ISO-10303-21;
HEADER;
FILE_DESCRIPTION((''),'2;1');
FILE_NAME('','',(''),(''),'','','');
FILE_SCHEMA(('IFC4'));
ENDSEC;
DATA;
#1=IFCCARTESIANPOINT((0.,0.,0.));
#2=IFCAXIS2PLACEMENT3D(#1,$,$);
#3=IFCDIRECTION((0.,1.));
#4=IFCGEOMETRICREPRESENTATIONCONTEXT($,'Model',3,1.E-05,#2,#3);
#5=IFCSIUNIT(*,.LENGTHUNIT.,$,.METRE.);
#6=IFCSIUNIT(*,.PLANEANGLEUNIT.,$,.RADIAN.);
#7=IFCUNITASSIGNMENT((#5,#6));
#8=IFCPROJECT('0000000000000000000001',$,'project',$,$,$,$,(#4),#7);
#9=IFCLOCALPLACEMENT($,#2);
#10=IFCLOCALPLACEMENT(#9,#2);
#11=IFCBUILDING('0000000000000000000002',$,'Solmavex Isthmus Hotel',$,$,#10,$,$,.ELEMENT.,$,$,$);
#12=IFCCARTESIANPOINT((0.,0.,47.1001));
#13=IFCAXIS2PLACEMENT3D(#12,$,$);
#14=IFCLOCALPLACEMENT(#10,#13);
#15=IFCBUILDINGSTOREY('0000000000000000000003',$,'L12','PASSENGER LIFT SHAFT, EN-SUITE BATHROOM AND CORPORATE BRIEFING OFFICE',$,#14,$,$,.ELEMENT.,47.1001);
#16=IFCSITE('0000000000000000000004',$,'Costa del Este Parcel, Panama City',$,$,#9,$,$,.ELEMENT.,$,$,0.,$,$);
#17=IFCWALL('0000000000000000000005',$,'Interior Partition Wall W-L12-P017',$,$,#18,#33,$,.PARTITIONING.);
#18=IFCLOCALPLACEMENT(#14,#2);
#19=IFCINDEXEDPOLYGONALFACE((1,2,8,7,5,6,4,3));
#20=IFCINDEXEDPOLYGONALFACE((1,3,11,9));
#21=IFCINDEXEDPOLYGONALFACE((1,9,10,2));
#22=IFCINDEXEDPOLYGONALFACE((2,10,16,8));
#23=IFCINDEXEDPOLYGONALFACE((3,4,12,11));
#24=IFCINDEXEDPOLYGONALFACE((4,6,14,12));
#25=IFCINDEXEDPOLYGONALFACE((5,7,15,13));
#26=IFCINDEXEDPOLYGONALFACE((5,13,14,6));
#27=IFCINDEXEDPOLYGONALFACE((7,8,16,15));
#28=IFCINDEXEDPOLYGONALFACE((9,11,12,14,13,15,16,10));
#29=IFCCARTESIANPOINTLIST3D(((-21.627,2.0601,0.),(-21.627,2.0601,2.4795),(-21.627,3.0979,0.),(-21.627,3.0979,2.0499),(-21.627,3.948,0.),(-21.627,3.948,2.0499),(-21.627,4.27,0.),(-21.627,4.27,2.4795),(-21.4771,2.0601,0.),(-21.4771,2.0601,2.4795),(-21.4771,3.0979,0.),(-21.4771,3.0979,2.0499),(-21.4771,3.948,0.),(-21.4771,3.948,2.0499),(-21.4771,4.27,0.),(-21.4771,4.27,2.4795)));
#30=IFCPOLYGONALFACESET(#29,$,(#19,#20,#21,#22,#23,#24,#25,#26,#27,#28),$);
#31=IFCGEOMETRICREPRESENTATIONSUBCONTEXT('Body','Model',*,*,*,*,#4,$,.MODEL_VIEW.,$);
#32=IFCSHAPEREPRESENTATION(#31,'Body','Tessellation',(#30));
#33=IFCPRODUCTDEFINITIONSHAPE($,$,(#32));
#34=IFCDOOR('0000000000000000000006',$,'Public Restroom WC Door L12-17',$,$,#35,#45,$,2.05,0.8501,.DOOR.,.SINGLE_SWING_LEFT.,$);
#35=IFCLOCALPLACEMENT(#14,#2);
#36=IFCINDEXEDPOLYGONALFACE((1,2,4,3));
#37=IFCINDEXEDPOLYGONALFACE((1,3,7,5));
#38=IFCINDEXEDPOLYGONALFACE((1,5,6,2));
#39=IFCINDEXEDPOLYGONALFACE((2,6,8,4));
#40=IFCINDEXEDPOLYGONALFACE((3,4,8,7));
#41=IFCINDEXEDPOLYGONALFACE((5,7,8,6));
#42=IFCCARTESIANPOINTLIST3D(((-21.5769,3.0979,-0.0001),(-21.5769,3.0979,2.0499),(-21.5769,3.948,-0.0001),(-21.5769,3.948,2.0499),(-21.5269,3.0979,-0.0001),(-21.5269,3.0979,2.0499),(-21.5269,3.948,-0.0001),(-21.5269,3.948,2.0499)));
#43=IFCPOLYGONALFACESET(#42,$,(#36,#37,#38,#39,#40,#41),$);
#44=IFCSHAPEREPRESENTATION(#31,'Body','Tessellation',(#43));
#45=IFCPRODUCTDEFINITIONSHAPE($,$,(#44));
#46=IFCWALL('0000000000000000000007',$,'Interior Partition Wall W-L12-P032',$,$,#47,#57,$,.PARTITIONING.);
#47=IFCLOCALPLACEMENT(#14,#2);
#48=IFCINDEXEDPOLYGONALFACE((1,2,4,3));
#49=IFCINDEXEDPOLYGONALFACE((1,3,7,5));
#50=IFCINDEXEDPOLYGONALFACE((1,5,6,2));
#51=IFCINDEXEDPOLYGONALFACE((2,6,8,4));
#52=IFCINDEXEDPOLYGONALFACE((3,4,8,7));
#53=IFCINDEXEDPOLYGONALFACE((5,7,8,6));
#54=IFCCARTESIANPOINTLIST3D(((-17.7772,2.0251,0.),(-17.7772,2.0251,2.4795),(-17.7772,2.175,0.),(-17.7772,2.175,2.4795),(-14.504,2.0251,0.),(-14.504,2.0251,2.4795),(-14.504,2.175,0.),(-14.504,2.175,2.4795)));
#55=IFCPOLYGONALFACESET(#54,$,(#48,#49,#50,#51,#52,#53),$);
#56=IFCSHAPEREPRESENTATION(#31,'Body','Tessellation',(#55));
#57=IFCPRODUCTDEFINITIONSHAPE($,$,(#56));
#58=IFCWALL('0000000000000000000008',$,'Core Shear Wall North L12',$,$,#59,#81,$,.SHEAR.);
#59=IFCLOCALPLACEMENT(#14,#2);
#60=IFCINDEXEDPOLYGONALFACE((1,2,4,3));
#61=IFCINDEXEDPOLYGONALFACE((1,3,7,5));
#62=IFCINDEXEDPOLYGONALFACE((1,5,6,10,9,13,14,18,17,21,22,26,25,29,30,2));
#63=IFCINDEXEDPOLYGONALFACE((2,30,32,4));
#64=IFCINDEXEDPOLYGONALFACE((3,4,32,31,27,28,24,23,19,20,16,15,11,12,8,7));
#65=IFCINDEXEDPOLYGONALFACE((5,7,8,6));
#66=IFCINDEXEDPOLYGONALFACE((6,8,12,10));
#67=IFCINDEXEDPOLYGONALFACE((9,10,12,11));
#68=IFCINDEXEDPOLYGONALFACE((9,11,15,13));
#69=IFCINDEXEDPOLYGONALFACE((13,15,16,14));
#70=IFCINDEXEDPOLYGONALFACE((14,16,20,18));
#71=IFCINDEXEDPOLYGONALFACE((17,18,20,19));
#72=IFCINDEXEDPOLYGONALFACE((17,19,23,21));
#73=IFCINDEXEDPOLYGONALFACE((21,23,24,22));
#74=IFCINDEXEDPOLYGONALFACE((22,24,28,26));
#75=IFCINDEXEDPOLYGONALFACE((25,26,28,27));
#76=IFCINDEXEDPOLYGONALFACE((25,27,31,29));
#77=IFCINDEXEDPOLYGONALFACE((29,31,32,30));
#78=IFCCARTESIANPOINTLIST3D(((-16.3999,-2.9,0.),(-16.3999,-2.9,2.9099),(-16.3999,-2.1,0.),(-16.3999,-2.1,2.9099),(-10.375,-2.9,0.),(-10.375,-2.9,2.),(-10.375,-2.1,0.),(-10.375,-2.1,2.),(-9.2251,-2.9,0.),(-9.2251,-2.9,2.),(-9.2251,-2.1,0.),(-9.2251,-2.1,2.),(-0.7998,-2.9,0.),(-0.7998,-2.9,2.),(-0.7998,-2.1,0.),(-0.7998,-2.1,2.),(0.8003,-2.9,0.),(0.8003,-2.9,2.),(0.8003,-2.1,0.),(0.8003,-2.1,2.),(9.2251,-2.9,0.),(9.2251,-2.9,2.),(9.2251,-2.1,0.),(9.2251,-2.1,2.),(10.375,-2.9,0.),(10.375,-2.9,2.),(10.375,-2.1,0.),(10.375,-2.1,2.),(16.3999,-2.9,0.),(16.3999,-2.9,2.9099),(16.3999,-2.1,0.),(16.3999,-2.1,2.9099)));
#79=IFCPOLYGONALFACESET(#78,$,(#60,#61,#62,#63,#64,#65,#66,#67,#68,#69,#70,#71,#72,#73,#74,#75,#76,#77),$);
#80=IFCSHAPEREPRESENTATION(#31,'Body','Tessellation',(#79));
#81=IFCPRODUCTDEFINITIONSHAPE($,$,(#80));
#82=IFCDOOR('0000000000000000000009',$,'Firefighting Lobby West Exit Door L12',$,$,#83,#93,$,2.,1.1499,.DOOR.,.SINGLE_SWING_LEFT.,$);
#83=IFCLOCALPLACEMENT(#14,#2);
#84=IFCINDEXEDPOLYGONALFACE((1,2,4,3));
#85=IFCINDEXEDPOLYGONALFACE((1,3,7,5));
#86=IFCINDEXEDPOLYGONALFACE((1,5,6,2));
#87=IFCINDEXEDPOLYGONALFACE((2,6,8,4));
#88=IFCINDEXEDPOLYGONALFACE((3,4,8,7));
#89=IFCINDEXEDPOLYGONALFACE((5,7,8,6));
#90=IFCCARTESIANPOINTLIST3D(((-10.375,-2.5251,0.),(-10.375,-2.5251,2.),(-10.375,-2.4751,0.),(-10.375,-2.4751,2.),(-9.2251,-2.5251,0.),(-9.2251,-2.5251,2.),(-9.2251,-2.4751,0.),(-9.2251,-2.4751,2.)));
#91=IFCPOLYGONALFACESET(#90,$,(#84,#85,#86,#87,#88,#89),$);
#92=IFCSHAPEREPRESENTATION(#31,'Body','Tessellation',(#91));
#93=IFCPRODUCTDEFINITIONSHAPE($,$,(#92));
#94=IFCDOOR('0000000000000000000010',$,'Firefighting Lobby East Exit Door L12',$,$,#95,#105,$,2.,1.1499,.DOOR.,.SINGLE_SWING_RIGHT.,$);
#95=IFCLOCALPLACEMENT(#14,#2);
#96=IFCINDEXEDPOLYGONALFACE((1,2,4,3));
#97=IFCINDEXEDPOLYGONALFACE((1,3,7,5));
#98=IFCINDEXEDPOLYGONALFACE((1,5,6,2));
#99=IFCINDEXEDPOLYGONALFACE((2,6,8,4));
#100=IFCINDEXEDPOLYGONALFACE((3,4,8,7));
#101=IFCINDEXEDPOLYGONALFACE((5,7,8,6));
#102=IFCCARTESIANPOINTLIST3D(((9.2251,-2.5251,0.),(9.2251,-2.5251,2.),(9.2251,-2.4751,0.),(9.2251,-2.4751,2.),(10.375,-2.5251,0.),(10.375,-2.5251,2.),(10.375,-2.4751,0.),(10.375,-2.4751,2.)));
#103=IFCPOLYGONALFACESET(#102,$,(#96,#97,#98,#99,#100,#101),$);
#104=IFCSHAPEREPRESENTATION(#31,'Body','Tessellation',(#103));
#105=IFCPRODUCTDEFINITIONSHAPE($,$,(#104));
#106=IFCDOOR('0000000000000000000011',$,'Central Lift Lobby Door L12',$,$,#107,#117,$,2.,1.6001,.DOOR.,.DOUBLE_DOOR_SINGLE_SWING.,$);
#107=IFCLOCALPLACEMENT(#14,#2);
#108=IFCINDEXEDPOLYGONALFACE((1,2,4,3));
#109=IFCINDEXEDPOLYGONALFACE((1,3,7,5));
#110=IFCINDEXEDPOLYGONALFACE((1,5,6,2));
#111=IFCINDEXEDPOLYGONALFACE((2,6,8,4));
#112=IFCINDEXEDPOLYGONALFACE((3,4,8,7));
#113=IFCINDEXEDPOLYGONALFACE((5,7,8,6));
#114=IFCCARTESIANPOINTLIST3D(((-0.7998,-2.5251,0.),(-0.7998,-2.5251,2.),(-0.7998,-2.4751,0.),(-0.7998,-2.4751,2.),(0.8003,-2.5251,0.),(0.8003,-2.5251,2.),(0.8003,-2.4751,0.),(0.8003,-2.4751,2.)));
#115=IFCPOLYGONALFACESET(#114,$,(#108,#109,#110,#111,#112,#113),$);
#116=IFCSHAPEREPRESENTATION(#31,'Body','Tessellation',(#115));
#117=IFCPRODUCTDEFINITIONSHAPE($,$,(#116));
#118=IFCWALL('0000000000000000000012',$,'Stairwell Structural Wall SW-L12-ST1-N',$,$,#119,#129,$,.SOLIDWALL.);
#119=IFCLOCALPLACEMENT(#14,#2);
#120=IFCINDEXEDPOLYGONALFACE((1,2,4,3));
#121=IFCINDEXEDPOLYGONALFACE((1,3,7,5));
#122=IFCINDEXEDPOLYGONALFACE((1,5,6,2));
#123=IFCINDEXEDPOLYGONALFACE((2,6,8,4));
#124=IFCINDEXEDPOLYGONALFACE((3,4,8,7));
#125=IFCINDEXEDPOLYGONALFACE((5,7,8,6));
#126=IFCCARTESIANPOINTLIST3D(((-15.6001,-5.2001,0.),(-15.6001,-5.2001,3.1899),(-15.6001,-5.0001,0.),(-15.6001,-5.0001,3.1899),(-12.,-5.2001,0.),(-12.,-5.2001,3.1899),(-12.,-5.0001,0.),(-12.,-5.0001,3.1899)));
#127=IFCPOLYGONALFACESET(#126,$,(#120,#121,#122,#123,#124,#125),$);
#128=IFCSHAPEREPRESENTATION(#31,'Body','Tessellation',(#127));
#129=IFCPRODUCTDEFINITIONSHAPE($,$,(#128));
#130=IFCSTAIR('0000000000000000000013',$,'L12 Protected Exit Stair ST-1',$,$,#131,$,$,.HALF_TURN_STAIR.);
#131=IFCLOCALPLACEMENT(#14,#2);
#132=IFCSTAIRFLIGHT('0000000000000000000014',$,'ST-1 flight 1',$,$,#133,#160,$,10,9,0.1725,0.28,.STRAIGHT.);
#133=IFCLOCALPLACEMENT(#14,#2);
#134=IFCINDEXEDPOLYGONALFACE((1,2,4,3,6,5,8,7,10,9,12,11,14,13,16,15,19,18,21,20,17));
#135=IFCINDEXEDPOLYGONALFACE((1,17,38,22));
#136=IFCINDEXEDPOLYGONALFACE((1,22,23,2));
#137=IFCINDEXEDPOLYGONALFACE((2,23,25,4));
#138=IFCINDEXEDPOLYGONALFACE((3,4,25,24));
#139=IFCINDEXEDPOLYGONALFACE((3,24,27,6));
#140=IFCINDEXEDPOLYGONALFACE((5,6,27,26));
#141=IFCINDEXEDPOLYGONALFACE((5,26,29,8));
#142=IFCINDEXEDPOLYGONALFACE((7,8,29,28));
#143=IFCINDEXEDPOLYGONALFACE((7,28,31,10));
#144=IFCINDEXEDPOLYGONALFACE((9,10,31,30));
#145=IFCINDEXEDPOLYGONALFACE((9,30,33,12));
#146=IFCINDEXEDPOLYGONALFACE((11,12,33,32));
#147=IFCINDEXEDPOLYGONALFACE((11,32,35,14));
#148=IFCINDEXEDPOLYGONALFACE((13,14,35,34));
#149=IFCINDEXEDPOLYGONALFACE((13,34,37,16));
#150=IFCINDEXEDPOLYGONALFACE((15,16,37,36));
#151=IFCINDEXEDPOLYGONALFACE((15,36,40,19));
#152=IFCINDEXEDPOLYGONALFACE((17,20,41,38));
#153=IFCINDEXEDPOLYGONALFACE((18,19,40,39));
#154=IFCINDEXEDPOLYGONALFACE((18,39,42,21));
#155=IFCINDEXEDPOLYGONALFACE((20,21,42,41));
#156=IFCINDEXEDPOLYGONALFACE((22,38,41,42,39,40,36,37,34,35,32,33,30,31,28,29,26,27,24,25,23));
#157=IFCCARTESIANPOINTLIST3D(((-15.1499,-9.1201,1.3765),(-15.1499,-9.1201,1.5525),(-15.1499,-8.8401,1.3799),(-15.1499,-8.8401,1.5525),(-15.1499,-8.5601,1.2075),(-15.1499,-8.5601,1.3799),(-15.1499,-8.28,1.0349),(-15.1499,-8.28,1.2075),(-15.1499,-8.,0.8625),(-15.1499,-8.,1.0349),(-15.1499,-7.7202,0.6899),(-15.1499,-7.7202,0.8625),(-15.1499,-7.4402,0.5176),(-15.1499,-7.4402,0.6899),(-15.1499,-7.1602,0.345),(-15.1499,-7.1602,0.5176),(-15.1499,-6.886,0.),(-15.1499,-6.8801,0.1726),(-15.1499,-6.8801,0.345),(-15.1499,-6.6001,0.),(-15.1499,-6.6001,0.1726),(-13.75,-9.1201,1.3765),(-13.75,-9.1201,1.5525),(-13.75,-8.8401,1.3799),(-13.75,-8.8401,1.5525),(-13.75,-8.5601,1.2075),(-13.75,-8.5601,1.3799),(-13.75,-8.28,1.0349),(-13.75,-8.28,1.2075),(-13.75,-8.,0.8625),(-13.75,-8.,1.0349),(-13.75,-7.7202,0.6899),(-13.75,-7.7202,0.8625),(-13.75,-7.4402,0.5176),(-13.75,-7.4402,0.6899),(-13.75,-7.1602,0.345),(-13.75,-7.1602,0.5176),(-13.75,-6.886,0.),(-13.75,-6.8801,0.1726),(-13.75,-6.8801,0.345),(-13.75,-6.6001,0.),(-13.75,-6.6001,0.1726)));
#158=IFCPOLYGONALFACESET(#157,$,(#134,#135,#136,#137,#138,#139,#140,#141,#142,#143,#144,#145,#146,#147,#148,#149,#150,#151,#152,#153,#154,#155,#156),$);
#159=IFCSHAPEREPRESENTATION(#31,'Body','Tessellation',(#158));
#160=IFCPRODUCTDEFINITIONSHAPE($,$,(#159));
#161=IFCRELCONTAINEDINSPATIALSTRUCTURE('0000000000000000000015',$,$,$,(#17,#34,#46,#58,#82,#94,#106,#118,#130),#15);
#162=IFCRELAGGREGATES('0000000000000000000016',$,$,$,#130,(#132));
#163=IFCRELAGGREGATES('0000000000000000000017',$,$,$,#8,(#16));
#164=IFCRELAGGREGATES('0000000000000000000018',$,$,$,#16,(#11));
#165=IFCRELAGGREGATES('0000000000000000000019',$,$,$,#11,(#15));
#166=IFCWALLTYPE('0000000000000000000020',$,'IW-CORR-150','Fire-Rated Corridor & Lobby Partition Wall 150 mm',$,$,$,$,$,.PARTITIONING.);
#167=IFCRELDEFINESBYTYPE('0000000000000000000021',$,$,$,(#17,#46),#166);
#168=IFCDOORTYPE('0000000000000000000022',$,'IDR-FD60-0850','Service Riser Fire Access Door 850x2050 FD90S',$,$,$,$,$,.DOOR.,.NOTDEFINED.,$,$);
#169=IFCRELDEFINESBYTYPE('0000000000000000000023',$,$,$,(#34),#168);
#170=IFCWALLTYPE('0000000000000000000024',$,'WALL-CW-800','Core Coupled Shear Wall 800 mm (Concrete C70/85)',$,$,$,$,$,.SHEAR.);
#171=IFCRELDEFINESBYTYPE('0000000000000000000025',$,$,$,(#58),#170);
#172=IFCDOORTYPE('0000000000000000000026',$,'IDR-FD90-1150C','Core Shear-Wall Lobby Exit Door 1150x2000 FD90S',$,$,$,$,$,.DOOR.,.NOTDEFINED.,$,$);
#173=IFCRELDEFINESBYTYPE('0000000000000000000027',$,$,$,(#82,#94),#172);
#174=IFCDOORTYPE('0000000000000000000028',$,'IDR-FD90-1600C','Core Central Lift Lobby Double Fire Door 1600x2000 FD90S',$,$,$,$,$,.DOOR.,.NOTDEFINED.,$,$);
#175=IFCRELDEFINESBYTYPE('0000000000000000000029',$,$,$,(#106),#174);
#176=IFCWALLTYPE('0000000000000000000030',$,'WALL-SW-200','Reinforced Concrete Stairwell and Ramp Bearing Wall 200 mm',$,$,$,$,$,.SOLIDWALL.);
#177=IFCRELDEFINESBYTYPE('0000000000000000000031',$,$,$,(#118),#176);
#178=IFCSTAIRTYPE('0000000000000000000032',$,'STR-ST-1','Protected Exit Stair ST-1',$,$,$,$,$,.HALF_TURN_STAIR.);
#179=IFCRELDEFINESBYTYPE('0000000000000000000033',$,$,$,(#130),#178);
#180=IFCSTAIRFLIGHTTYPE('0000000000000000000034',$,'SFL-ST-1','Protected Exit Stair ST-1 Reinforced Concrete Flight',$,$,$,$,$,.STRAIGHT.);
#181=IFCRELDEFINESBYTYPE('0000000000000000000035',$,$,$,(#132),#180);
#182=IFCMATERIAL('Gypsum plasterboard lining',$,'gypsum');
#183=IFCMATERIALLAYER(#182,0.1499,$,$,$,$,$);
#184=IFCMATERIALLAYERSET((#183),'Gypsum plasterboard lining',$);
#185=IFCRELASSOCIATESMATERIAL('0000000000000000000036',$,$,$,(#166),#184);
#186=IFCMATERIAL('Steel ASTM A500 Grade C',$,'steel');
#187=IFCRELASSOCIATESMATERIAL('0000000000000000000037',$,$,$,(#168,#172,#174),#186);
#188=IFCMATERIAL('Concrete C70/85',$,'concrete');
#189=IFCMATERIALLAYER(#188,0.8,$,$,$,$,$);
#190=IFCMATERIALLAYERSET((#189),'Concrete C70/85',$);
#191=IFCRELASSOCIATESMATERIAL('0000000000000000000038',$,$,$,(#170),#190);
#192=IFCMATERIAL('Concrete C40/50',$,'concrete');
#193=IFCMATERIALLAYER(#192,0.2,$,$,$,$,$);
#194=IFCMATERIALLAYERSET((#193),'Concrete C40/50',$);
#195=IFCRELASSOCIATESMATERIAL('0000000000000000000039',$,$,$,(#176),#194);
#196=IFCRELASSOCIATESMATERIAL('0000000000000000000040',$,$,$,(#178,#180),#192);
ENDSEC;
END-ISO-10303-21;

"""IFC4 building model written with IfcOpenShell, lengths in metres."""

from ifc_helpers import new_model, si_unit, direction, frame, frame_2d, origin, place, context, subcontext, project, spatial, polyline, rectangle, outline, extrude, material, layer, layer_set, type_object, element, fill, aggregate, save


model = new_model("IFC4")

# Units and contexts
model_context = context("Model", 3, precision=1e-05, world=origin(), true_north=direction((0.0, 1.0)))
body_context = subcontext(model_context, "Body", "Model", "MODEL_VIEW")
ifc_project = project(units=[si_unit("LENGTHUNIT", "METRE"), si_unit("PLANEANGLEUNIT", "RADIAN")], contexts=[model_context])

# Site, building, storey
site_placement = place(None, origin())
site = spatial("IfcSite", under=ifc_project, at=site_placement, Name="Costa del Este Parcel, Panama City", CompositionType="ELEMENT", RefElevation=0.0)
building_placement = place(site_placement, origin())
building = spatial("IfcBuilding", under=site, at=building_placement, Name="Solmavex Isthmus Hotel", CompositionType="ELEMENT")
storey_placement = place(building_placement, frame((0.0, 0.0, 47.1001)))
storey = spatial("IfcBuildingStorey", under=building, at=storey_placement, Name="L12", Description="PASSENGER LIFT SHAFT, EN-SUITE BATHROOM AND CORPORATE BRIEFING OFFICE", CompositionType="ELEMENT", Elevation=47.1001)

# Shared definitions
ifc_material_1 = material(Name="Concrete C70/85", Category="concrete")

# Shared definitions
ifc_material_2 = material(Name="Gypsum plasterboard lining", Category="gypsum")

# Wall, opening, door
ifc_layer_1 = layer(ifc_material_2, 0.1499)
ifc_layer_set_1 = layer_set([ifc_layer_1], Name="Gypsum plasterboard lining")
wall_type_1 = type_object("IfcWallType", Name="IW-CORR-150", Description="Fire-Rated Corridor & Lobby Partition Wall 150 mm", PredefinedType="PARTITIONING", material=ifc_layer_set_1)
wall_1_placement = place(storey_placement, frame((-21.552, 2.0601, 0.0), z_axis=(0.0, 0.0, 1.0), x_axis=(0.0, 1.0, 0.0)))
wall_1 = element("IfcWall", 1, at=wall_1_placement, inside=storey, type_object=wall_type_1, Name="Interior Partition Wall W-L12-P017", PredefinedType="PARTITIONING", context=body_context, shape_type="SweptSolid", body=[
    extrude(rectangle(XDim=2.21, YDim=0.1499, at=frame_2d((1.105, 0.0))), origin(), (0.0, 0.0, 1.0), 2.4795),
])
opening_1_placement = place(wall_1_placement, frame((1.0378, 0.0, 0.0)))
opening_1 = element("IfcOpeningElement", 2, at=opening_1_placement, cuts=wall_1, PredefinedType="OPENING", context=body_context, shape_type="SweptSolid", body=[
    extrude(rectangle(XDim=0.8501, YDim=2.05, at=frame_2d((0.425, 1.0249))), frame((0.0, 0.085, 0.0), z_axis=(0.0, -1.0, 0.0), x_axis=(1.0, 0.0, 0.0)), (0.0, 0.0, 1.0), 0.1699),
])
ifc_material_3 = material(Name="Steel ASTM A500 Grade C", Category="steel")
door_type_1 = type_object("IfcDoorType", Name="IDR-FD60-0850", Description="Service Riser Fire Access Door 850x2050 FD90S", OperationType="NOTDEFINED", PredefinedType="DOOR", material=ifc_material_3)
door_1_placement = place(opening_1_placement, origin())
door_1 = element("IfcDoor", 3, at=door_1_placement, inside=storey, type_object=door_type_1, Name="Public Restroom WC Door L12-17", OperationType="SINGLE_SWING_LEFT", OverallHeight=2.05, OverallWidth=0.8501, PredefinedType="DOOR", context=body_context, shape_type="SweptSolid", body=[
    extrude(rectangle(XDim=0.8501, YDim=2.05, at=frame_2d((0.425, 1.0249))), frame((0.0, 0.0249, 0.0), z_axis=(0.0, -1.0, 0.0), x_axis=(1.0, 0.0, 0.0)), (0.0, 0.0, 1.0), 0.05),
])
fill(opening_1, door_1)

# Wall
wall_2_placement = place(storey_placement, frame((-14.5039, 2.1001, 0.0), z_axis=(0.0, 0.0, 1.0), x_axis=(-1.0, 0.0, 0.0)))
element("IfcWall", 4, at=wall_2_placement, inside=storey, type_object=wall_type_1, Name="Interior Partition Wall W-L12-P032", PredefinedType="PARTITIONING", context=body_context, shape_type="SweptSolid", body=[
    extrude(rectangle(XDim=3.2732, YDim=0.1499, at=frame_2d((1.6367, 0.0))), origin(), (0.0, 0.0, 1.0), 2.4795),
])

# Wall, openings, doors
ifc_layer_2 = layer(ifc_material_1, 0.8)
ifc_layer_set_2 = layer_set([ifc_layer_2], Name="Concrete C70/85")
wall_type_2 = type_object("IfcWallType", Name="WALL-CW-800", Description="Core Coupled Shear Wall 800 mm (Concrete C70/85)", PredefinedType="SHEAR", material=ifc_layer_set_2)
wall_3_placement = place(storey_placement, frame((-16.3999, -2.5, 0.0), z_axis=(0.0, 0.0, 1.0), x_axis=(1.0, 0.0, 0.0)))
wall_3 = element("IfcWall", 5, at=wall_3_placement, inside=storey, type_object=wall_type_2, Name="Core Shear Wall North L12", PredefinedType="SHEAR", context=body_context, shape_type="SweptSolid", body=[
    extrude(rectangle(XDim=32.7998, YDim=0.8, at=frame_2d((16.3999, 0.0))), origin(), (0.0, 0.0, 1.0), 2.9099),
])
opening_2_placement = place(wall_3_placement, frame((6.0249, 0.0, 0.0)))
opening_2 = element("IfcOpeningElement", 6, at=opening_2_placement, cuts=wall_3, PredefinedType="OPENING", context=body_context, shape_type="SweptSolid", body=[
    extrude(rectangle(XDim=1.1499, YDim=2.0, at=frame_2d((0.575, 1.0))), frame((0.0, 0.4099, 0.0), z_axis=(0.0, -1.0, 0.0), x_axis=(1.0, 0.0, 0.0)), (0.0, 0.0, 1.0), 0.8201),
])
opening_3_placement = place(wall_3_placement, frame((15.6001, 0.0, 0.0)))
opening_3 = element("IfcOpeningElement", 7, at=opening_3_placement, cuts=wall_3, PredefinedType="OPENING", context=body_context, shape_type="SweptSolid", body=[
    extrude(rectangle(XDim=1.6001, YDim=2.0, at=frame_2d((0.8, 1.0))), frame((0.0, 0.4099, 0.0), z_axis=(0.0, -1.0, 0.0), x_axis=(1.0, 0.0, 0.0)), (0.0, 0.0, 1.0), 0.8201),
])
opening_4_placement = place(wall_3_placement, frame((25.625, 0.0, 0.0)))
opening_4 = element("IfcOpeningElement", 8, at=opening_4_placement, cuts=wall_3, PredefinedType="OPENING", context=body_context, shape_type="SweptSolid", body=[
    extrude(rectangle(XDim=1.1499, YDim=2.0, at=frame_2d((0.575, 1.0))), frame((0.0, 0.4099, 0.0), z_axis=(0.0, -1.0, 0.0), x_axis=(1.0, 0.0, 0.0)), (0.0, 0.0, 1.0), 0.8201),
])
door_type_2 = type_object("IfcDoorType", Name="IDR-FD90-1150C", Description="Core Shear-Wall Lobby Exit Door 1150x2000 FD90S", OperationType="NOTDEFINED", PredefinedType="DOOR", material=ifc_material_3)
door_2_placement = place(opening_2_placement, origin())
door_2 = element("IfcDoor", 9, at=door_2_placement, inside=storey, type_object=door_type_2, Name="Firefighting Lobby West Exit Door L12", OperationType="SINGLE_SWING_LEFT", OverallHeight=2.0, OverallWidth=1.1499, PredefinedType="DOOR", context=body_context, shape_type="SweptSolid", body=[
    extrude(rectangle(XDim=1.1499, YDim=2.0, at=frame_2d((0.575, 1.0))), frame((0.0, 0.0249, 0.0), z_axis=(0.0, -1.0, 0.0), x_axis=(1.0, 0.0, 0.0)), (0.0, 0.0, 1.0), 0.05),
])
fill(opening_2, door_2)
door_3_placement = place(opening_4_placement, origin())
door_3 = element("IfcDoor", 10, at=door_3_placement, inside=storey, type_object=door_type_2, Name="Firefighting Lobby East Exit Door L12", OperationType="SINGLE_SWING_RIGHT", OverallHeight=2.0, OverallWidth=1.1499, PredefinedType="DOOR", context=body_context, shape_type="SweptSolid", body=[
    extrude(rectangle(XDim=1.1499, YDim=2.0, at=frame_2d((0.575, 1.0))), frame((0.0, 0.0249, 0.0), z_axis=(0.0, -1.0, 0.0), x_axis=(1.0, 0.0, 0.0)), (0.0, 0.0, 1.0), 0.05),
])
fill(opening_4, door_3)
door_type_3 = type_object("IfcDoorType", Name="IDR-FD90-1600C", Description="Core Central Lift Lobby Double Fire Door 1600x2000 FD90S", OperationType="NOTDEFINED", PredefinedType="DOOR", material=ifc_material_3)
door_4_placement = place(opening_3_placement, origin())
door_4 = element("IfcDoor", 11, at=door_4_placement, inside=storey, type_object=door_type_3, Name="Central Lift Lobby Door L12", OperationType="DOUBLE_DOOR_SINGLE_SWING", OverallHeight=2.0, OverallWidth=1.6001, PredefinedType="DOOR", context=body_context, shape_type="SweptSolid", body=[
    extrude(rectangle(XDim=1.6001, YDim=2.0, at=frame_2d((0.8, 1.0))), frame((0.0, 0.0249, 0.0), z_axis=(0.0, -1.0, 0.0), x_axis=(1.0, 0.0, 0.0)), (0.0, 0.0, 1.0), 0.05),
])
fill(opening_3, door_4)

# Wall
ifc_material_4 = material(Name="Concrete C40/50", Category="concrete")
ifc_layer_3 = layer(ifc_material_4, 0.2)
ifc_layer_set_3 = layer_set([ifc_layer_3], Name="Concrete C40/50")
wall_type_3 = type_object("IfcWallType", Name="WALL-SW-200", Description="Reinforced Concrete Stairwell and Ramp Bearing Wall 200 mm", PredefinedType="SOLIDWALL", material=ifc_layer_set_3)
wall_4_placement = place(storey_placement, frame((-15.6001, -5.1001, 0.0), z_axis=(0.0, 0.0, 1.0), x_axis=(1.0, 0.0, 0.0)))
element("IfcWall", 12, at=wall_4_placement, inside=storey, type_object=wall_type_3, Name="Stairwell Structural Wall SW-L12-ST1-N", PredefinedType="SOLIDWALL", context=body_context, shape_type="SweptSolid", body=[
    extrude(rectangle(XDim=3.6001, YDim=0.2, at=frame_2d((1.8, 0.0))), origin(), (0.0, 0.0, 1.0), 3.1899),
])

# Stair, stair flight
stair_type = type_object("IfcStairType", Name="STR-ST-1", Description="Protected Exit Stair ST-1", PredefinedType="HALF_TURN_STAIR", material=ifc_material_4)
stair_placement = place(storey_placement, origin())
stair = element("IfcStair", 13, at=stair_placement, inside=storey, type_object=stair_type, Name="L12 Protected Exit Stair ST-1", PredefinedType="HALF_TURN_STAIR")
stair_flight_type = type_object("IfcStairFlightType", Name="SFL-ST-1", Description="Protected Exit Stair ST-1 Reinforced Concrete Flight", PredefinedType="STRAIGHT", material=ifc_material_4)
stair_flight_placement = place(storey_placement, frame((-14.45, -6.6001, 0.0), z_axis=(0.0, 0.0, 1.0), x_axis=(0.0, -1.0, 0.0)))
stair_flight = element("IfcStairFlight", 14, at=stair_flight_placement, type_object=stair_flight_type, Name="ST-1 flight 1", NumberOfRisers=10, NumberOfTreads=9, PredefinedType="STRAIGHT", RiserHeight=0.1725, TreadLength=0.28, context=body_context, shape_type="SweptSolid", body=[
    extrude(outline(polyline([(0.0, 0.0), (0.0, 0.1726), (0.28, 0.1726), (0.28, 0.345), (0.5601, 0.345), (0.5601, 0.5176), (0.8401, 0.5176), (0.8401, 0.6899), (1.1201, 0.6899), (1.1201, 0.8625), (1.3999, 0.8625), (1.3999, 1.0349), (1.6799, 1.0349), (1.6799, 1.2075), (1.96, 1.2075), (1.96, 1.3799), (2.24, 1.3799), (2.24, 1.5525), (2.52, 1.5525), (2.52, 1.7251), (2.52, 1.3765), (0.2859, 0.0), (0.0, 0.0)])), frame((0.0, 0.7, 0.0), z_axis=(0.0, -1.0, 0.0), x_axis=(1.0, 0.0, 0.0)), (0.0, 0.0, 1.0), 1.3999),
])
aggregate(stair, [stair_flight])

save(model, "model.ifc")
